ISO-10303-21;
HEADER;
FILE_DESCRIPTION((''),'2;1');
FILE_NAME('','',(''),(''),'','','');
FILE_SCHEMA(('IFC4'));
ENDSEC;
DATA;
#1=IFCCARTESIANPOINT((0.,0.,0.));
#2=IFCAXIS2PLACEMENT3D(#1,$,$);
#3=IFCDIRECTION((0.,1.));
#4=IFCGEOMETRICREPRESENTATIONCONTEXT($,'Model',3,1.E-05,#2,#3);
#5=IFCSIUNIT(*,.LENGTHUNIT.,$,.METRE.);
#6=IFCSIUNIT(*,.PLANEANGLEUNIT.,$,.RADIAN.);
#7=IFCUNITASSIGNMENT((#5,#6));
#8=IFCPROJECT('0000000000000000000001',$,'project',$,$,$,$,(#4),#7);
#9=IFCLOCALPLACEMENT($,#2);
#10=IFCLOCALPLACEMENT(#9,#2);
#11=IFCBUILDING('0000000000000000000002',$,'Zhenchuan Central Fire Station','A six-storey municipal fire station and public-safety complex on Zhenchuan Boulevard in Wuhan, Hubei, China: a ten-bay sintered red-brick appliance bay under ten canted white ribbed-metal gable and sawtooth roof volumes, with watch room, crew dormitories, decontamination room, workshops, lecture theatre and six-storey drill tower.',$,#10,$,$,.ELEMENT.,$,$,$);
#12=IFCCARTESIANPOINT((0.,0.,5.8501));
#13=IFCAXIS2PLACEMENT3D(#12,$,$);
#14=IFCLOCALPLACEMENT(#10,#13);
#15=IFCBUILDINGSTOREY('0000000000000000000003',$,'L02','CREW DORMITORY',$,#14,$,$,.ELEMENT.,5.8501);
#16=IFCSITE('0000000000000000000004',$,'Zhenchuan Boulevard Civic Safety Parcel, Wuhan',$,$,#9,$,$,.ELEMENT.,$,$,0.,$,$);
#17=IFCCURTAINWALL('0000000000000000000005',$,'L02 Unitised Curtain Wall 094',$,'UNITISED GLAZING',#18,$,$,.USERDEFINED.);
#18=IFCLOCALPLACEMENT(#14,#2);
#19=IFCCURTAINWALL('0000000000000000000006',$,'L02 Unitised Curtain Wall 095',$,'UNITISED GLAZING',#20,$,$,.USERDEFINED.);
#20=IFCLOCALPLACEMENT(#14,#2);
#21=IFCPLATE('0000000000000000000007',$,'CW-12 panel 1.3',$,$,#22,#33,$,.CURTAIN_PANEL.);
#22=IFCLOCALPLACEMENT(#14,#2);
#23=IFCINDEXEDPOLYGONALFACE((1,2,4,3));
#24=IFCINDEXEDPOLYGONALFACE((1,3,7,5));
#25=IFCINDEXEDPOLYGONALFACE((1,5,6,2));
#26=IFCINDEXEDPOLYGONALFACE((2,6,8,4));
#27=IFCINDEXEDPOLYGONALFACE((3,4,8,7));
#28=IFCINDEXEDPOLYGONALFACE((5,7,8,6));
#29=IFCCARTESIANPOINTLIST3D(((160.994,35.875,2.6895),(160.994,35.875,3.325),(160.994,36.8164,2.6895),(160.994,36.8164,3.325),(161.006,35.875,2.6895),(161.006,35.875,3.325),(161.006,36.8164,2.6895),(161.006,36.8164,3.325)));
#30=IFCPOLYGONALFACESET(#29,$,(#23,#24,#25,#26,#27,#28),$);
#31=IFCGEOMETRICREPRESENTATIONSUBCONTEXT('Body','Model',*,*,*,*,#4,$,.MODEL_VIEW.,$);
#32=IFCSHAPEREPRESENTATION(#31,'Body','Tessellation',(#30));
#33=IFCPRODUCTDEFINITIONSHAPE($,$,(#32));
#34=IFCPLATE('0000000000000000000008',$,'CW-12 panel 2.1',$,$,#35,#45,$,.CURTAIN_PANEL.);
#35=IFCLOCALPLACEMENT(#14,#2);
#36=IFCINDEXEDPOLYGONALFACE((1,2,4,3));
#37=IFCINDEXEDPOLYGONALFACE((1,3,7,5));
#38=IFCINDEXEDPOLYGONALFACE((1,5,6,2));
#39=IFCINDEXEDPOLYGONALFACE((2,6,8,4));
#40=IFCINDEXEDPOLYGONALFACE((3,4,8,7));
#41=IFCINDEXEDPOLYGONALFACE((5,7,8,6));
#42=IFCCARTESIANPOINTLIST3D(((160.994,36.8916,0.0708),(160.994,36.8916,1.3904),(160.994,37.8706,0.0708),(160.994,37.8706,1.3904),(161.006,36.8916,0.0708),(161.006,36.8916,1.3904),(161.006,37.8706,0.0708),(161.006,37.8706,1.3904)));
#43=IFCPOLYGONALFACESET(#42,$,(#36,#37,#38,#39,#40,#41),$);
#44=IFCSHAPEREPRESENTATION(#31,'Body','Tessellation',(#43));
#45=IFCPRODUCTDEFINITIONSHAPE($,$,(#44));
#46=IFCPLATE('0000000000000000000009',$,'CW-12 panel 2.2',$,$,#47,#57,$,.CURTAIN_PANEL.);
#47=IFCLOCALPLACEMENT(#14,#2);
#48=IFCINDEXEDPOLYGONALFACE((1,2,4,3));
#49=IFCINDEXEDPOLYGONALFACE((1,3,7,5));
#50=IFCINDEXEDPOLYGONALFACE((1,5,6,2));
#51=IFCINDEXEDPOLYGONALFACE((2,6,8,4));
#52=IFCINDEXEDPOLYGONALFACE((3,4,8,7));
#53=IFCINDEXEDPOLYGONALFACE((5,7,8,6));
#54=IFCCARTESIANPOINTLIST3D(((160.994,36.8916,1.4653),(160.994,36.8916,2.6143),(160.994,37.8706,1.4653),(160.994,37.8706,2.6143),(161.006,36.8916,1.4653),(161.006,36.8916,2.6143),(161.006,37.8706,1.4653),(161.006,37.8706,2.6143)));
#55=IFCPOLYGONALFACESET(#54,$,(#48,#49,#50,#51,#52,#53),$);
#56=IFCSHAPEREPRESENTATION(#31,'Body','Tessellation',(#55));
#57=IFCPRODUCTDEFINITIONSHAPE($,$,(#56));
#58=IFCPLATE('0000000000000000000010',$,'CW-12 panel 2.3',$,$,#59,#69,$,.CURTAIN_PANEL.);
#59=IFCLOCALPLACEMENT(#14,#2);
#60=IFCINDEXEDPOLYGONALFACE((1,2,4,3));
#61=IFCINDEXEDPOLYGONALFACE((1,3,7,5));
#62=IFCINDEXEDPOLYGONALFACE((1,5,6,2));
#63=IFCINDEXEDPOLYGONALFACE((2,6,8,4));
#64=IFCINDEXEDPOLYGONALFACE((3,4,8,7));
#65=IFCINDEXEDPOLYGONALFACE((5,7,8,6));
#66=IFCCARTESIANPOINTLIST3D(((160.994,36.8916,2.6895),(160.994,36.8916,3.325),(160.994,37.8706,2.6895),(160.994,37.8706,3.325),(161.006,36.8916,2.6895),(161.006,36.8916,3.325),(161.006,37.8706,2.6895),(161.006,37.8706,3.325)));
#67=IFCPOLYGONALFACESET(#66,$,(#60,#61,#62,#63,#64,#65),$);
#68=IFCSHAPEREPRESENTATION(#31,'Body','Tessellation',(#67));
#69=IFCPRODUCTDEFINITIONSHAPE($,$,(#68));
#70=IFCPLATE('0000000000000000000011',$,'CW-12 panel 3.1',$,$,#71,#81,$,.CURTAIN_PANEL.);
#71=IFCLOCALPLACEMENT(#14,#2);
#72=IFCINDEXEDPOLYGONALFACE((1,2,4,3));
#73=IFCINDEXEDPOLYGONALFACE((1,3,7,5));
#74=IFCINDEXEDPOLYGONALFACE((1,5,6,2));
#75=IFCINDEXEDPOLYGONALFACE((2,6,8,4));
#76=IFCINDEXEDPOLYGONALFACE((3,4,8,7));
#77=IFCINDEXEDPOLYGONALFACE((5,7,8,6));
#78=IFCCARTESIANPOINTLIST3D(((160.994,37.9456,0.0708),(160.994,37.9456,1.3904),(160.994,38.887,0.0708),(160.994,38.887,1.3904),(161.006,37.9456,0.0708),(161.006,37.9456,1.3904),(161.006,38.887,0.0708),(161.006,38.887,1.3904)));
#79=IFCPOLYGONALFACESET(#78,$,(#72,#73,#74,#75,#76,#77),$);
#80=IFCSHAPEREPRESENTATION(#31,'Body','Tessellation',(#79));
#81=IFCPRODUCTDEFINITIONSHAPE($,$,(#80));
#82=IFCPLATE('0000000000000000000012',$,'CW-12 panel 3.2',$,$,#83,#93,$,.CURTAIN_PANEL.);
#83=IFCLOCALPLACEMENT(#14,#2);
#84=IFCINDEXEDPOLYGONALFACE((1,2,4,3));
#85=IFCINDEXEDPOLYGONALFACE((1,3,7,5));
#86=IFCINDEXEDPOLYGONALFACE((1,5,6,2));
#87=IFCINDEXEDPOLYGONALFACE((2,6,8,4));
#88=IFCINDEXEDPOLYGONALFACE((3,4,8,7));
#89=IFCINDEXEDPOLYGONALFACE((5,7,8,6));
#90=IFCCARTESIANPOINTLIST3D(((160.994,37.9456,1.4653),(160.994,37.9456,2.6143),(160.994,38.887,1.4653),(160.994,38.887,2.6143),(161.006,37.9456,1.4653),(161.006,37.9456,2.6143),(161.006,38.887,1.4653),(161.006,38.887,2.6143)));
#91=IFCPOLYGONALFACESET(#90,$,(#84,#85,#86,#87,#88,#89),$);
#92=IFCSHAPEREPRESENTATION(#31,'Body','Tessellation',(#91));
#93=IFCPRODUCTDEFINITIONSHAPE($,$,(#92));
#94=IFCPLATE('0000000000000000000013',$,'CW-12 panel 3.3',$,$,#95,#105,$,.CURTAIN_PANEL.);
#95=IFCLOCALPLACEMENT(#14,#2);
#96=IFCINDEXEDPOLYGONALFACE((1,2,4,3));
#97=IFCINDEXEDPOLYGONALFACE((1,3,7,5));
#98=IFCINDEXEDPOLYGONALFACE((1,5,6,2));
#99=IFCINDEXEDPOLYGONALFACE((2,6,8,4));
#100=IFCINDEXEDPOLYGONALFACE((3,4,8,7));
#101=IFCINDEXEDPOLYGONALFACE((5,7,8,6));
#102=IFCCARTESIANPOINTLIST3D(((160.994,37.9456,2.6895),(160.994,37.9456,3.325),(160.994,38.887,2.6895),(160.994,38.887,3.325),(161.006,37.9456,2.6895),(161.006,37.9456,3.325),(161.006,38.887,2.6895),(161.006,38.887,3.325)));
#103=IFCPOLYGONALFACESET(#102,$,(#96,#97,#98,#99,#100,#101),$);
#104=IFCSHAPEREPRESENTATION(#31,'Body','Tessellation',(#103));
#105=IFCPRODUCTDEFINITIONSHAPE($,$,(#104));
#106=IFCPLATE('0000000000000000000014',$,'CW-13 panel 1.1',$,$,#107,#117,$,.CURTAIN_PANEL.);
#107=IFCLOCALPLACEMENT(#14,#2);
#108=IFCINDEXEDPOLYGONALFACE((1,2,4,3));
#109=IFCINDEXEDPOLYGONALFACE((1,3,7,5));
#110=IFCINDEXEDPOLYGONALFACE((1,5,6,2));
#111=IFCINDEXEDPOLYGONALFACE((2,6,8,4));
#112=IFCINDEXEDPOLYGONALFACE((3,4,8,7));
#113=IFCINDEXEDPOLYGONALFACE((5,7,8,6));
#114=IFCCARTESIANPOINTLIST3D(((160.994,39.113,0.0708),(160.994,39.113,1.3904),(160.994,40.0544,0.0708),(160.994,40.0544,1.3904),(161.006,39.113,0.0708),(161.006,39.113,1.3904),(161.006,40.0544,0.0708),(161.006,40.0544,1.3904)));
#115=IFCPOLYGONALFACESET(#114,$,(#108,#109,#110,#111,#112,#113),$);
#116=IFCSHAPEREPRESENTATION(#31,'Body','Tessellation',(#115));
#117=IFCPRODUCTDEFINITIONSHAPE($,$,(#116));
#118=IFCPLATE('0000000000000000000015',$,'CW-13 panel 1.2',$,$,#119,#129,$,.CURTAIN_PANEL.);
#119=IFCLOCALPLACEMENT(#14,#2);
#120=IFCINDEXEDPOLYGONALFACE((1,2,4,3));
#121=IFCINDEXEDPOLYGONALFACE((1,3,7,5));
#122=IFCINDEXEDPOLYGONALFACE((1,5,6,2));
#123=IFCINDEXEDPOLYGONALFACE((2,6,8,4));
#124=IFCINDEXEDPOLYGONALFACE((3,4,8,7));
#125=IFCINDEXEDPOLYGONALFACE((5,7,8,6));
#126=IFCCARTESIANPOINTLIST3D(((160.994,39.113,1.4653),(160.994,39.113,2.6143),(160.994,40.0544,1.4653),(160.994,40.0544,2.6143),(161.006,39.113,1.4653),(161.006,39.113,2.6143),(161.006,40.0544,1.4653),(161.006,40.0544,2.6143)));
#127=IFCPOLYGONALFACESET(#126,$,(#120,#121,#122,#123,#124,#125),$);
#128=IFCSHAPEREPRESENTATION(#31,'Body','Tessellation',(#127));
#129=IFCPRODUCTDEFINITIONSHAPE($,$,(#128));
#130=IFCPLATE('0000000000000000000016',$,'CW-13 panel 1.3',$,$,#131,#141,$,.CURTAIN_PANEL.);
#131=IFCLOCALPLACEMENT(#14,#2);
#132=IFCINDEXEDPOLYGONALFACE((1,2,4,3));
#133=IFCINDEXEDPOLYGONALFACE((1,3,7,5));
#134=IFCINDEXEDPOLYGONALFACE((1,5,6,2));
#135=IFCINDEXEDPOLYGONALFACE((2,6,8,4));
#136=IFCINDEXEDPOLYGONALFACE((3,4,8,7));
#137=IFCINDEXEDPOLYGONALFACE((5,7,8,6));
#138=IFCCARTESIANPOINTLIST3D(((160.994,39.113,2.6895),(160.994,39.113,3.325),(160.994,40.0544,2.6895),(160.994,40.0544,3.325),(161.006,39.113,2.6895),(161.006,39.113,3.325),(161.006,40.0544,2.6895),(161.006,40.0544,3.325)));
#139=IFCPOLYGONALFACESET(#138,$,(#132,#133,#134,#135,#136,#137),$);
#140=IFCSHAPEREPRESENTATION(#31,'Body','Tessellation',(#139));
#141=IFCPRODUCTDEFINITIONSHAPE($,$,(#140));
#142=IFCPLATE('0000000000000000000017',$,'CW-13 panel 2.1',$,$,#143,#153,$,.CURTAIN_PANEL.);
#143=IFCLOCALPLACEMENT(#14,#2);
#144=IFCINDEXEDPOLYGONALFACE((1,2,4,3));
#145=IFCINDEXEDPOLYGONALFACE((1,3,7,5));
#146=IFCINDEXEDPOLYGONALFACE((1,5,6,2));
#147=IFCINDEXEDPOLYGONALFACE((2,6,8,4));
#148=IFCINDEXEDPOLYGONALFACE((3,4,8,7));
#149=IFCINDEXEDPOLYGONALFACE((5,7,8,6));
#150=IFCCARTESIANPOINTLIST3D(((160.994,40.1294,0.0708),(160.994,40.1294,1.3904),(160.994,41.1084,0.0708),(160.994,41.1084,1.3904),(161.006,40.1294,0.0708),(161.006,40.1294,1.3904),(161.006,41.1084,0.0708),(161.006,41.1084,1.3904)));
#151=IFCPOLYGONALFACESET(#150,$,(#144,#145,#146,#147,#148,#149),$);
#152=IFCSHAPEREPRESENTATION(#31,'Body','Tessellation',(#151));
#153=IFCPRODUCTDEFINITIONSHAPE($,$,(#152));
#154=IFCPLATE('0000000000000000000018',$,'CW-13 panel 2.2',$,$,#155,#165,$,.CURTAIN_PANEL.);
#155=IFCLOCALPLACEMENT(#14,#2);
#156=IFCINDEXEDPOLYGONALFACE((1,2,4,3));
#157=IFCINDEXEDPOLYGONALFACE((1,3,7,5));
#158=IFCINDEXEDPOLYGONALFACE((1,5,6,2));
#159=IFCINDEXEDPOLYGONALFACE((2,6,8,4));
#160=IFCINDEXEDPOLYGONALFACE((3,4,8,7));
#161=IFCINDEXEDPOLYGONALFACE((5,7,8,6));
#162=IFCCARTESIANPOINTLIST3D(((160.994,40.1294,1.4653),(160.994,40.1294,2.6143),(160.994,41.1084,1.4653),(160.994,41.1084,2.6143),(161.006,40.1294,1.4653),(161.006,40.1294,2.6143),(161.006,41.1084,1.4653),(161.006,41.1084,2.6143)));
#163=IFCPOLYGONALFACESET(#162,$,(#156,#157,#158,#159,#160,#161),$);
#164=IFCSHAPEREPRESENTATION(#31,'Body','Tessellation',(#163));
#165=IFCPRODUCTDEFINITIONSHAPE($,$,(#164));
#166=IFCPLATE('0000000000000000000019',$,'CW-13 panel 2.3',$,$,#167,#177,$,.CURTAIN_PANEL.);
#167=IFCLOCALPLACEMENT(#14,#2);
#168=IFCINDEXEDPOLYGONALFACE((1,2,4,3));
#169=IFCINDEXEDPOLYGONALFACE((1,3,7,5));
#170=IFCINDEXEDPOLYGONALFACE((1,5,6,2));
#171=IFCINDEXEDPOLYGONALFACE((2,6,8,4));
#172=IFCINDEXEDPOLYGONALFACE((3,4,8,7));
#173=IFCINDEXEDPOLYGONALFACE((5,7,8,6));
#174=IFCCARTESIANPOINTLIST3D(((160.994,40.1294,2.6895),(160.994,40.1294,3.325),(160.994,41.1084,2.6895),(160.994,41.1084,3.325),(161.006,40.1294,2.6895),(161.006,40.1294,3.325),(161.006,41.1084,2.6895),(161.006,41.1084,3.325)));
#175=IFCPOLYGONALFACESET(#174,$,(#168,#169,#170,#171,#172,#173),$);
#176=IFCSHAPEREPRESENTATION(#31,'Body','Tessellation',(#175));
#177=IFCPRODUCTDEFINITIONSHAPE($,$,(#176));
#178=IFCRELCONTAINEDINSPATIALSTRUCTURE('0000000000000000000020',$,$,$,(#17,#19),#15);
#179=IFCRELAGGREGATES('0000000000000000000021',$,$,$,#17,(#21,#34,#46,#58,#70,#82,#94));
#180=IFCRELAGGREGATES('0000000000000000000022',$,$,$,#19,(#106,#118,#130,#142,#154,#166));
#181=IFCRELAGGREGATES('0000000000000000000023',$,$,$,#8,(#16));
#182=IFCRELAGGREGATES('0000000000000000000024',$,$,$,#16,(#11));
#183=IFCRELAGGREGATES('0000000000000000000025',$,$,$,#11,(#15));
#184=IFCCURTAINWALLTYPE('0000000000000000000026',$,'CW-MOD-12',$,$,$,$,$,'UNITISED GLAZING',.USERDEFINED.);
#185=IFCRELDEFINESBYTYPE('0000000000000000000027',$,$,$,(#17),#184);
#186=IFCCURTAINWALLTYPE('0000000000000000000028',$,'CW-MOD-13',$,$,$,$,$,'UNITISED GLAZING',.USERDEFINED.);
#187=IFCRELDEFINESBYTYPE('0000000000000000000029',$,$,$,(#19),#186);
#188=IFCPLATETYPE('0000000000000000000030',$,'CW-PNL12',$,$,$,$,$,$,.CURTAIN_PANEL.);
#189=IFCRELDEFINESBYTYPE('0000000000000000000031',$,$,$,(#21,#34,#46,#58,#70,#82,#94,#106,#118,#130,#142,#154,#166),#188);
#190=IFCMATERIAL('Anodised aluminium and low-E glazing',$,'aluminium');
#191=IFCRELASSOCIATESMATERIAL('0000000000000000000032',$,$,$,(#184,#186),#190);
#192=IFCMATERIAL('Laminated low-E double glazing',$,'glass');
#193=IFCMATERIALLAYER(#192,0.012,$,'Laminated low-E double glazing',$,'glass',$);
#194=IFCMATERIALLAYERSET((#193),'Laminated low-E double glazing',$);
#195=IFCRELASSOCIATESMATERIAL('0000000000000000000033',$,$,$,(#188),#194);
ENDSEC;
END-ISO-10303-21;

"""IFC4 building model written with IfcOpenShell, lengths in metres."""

from ifc_helpers import new_model, si_unit, direction, frame, origin, origin_2d, place, context, subcontext, project, spatial, rectangle, extrude, material, layer, layer_set, type_object, element, aggregate, save


model = new_model("IFC4")

# Units and contexts
model_context = context("Model", 3, precision=1e-05, world=origin(), true_north=direction((0.0, 1.0)))
body_context = subcontext(model_context, "Body", "Model", "MODEL_VIEW")
ifc_project = project(units=[si_unit("LENGTHUNIT", "METRE"), si_unit("PLANEANGLEUNIT", "RADIAN")], contexts=[model_context])

# Site, building, storey
site_placement = place(None, origin())
site = spatial("IfcSite", under=ifc_project, at=site_placement, Name="Zhenchuan Boulevard Civic Safety Parcel, Wuhan", CompositionType="ELEMENT", RefElevation=0.0)
building_placement = place(site_placement, origin())
building = spatial("IfcBuilding", under=site, at=building_placement, Name="Zhenchuan Central Fire Station", Description="A six-storey municipal fire station and public-safety complex on Zhenchuan Boulevard in Wuhan, Hubei, China: a ten-bay sintered red-brick appliance bay under ten canted white ribbed-metal gable and sawtooth roof volumes, with watch room, crew dormitories, decontamination room, workshops, lecture theatre and six-storey drill tower.", CompositionType="ELEMENT")
storey_placement = place(building_placement, frame((0.0, 0.0, 5.8501)))
storey = spatial("IfcBuildingStorey", under=building, at=storey_placement, Name="L02", Description="CREW DORMITORY", CompositionType="ELEMENT", Elevation=5.8501)

# Curtain walls
ifc_material_1 = material(Name="Anodised aluminium and low-E glazing", Category="aluminium")
curtain_wall_type_1 = type_object("IfcCurtainWallType", Name="CW-MOD-12", ElementType="UNITISED GLAZING", PredefinedType="USERDEFINED", material=ifc_material_1)
curtain_wall_1_placement = place(storey_placement, origin())
curtain_wall_1 = element("IfcCurtainWall", 1, at=curtain_wall_1_placement, inside=storey, type_object=curtain_wall_type_1, Name="L02 Unitised Curtain Wall 094", ObjectType="UNITISED GLAZING", PredefinedType="USERDEFINED")
curtain_wall_type_2 = type_object("IfcCurtainWallType", Name="CW-MOD-13", ElementType="UNITISED GLAZING", PredefinedType="USERDEFINED", material=ifc_material_1)
curtain_wall_2_placement = place(storey_placement, origin())
curtain_wall_2 = element("IfcCurtainWall", 2, at=curtain_wall_2_placement, inside=storey, type_object=curtain_wall_type_2, Name="L02 Unitised Curtain Wall 095", ObjectType="UNITISED GLAZING", PredefinedType="USERDEFINED")

# Plates
ifc_material_2 = material(Name="Laminated low-E double glazing", Category="glass")
ifc_layer = layer(ifc_material_2, 0.012, Name="Laminated low-E double glazing", Category="glass")
ifc_layer_set = layer_set([ifc_layer], Name="Laminated low-E double glazing")
plate_type = type_object("IfcPlateType", Name="CW-PNL12", PredefinedType="CURTAIN_PANEL", material=ifc_layer_set)
plate_1_placement = place(storey_placement, frame((161.0, 36.3457, 2.6895), z_axis=(0.0, 0.0, 1.0), x_axis=(0.0, 1.0, 0.0)))
plate_1 = element("IfcPlate", 3, at=plate_1_placement, type_object=plate_type, Name="CW-12 panel 1.3", PredefinedType="CURTAIN_PANEL", context=body_context, shape_type="SweptSolid", body=[
    extrude(rectangle(XDim=0.9414, YDim=0.012, at=origin_2d()), origin(), (0.0, 0.0, 1.0), 0.6355),
])
plate_2_placement = place(storey_placement, frame((161.0, 37.3811, 0.0708), z_axis=(0.0, 0.0, 1.0), x_axis=(0.0, 1.0, 0.0)))
plate_2 = element("IfcPlate", 4, at=plate_2_placement, type_object=plate_type, Name="CW-12 panel 2.1", PredefinedType="CURTAIN_PANEL", context=body_context, shape_type="SweptSolid", body=[
    extrude(rectangle(XDim=0.979, YDim=0.012, at=origin_2d()), origin(), (0.0, 0.0, 1.0), 1.3196),
])
plate_3_placement = place(storey_placement, frame((161.0, 37.3811, 1.4653), z_axis=(0.0, 0.0, 1.0), x_axis=(0.0, 1.0, 0.0)))
plate_3 = element("IfcPlate", 5, at=plate_3_placement, type_object=plate_type, Name="CW-12 panel 2.2", PredefinedType="CURTAIN_PANEL", context=body_context, shape_type="SweptSolid", body=[
    extrude(rectangle(XDim=0.979, YDim=0.012, at=origin_2d()), origin(), (0.0, 0.0, 1.0), 1.1489),
])
plate_4_placement = place(storey_placement, frame((161.0, 37.3811, 2.6895), z_axis=(0.0, 0.0, 1.0), x_axis=(0.0, 1.0, 0.0)))
plate_4 = element("IfcPlate", 6, at=plate_4_placement, type_object=plate_type, Name="CW-12 panel 2.3", PredefinedType="CURTAIN_PANEL", context=body_context, shape_type="SweptSolid", body=[
    extrude(rectangle(XDim=0.979, YDim=0.012, at=origin_2d()), origin(), (0.0, 0.0, 1.0), 0.6355),
])
plate_5_placement = place(storey_placement, frame((161.0, 38.4163, 0.0708), z_axis=(0.0, 0.0, 1.0), x_axis=(0.0, 1.0, 0.0)))
plate_5 = element("IfcPlate", 7, at=plate_5_placement, type_object=plate_type, Name="CW-12 panel 3.1", PredefinedType="CURTAIN_PANEL", context=body_context, shape_type="SweptSolid", body=[
    extrude(rectangle(XDim=0.9414, YDim=0.012, at=origin_2d()), origin(), (0.0, 0.0, 1.0), 1.3196),
])
plate_6_placement = place(storey_placement, frame((161.0, 38.4163, 1.4653), z_axis=(0.0, 0.0, 1.0), x_axis=(0.0, 1.0, 0.0)))
plate_6 = element("IfcPlate", 8, at=plate_6_placement, type_object=plate_type, Name="CW-12 panel 3.2", PredefinedType="CURTAIN_PANEL", context=body_context, shape_type="SweptSolid", body=[
    extrude(rectangle(XDim=0.9414, YDim=0.012, at=origin_2d()), origin(), (0.0, 0.0, 1.0), 1.1489),
])
plate_7_placement = place(storey_placement, frame((161.0, 38.4163, 2.6895), z_axis=(0.0, 0.0, 1.0), x_axis=(0.0, 1.0, 0.0)))
plate_7 = element("IfcPlate", 9, at=plate_7_placement, type_object=plate_type, Name="CW-12 panel 3.3", PredefinedType="CURTAIN_PANEL", context=body_context, shape_type="SweptSolid", body=[
    extrude(rectangle(XDim=0.9414, YDim=0.012, at=origin_2d()), origin(), (0.0, 0.0, 1.0), 0.6355),
])
aggregate(curtain_wall_1, [plate_1, plate_2, plate_3, plate_4, plate_5, plate_6, plate_7])
plate_8_placement = place(storey_placement, frame((161.0, 39.5837, 0.0708), z_axis=(0.0, 0.0, 1.0), x_axis=(0.0, 1.0, 0.0)))
plate_8 = element("IfcPlate", 10, at=plate_8_placement, type_object=plate_type, Name="CW-13 panel 1.1", PredefinedType="CURTAIN_PANEL", context=body_context, shape_type="SweptSolid", body=[
    extrude(rectangle(XDim=0.9414, YDim=0.012, at=origin_2d()), origin(), (0.0, 0.0, 1.0), 1.3196),
])
plate_9_placement = place(storey_placement, frame((161.0, 39.5837, 1.4653), z_axis=(0.0, 0.0, 1.0), x_axis=(0.0, 1.0, 0.0)))
plate_9 = element("IfcPlate", 11, at=plate_9_placement, type_object=plate_type, Name="CW-13 panel 1.2", PredefinedType="CURTAIN_PANEL", context=body_context, shape_type="SweptSolid", body=[
    extrude(rectangle(XDim=0.9414, YDim=0.012, at=origin_2d()), origin(), (0.0, 0.0, 1.0), 1.1489),
])
plate_10_placement = place(storey_placement, frame((161.0, 39.5837, 2.6895), z_axis=(0.0, 0.0, 1.0), x_axis=(0.0, 1.0, 0.0)))
plate_10 = element("IfcPlate", 12, at=plate_10_placement, type_object=plate_type, Name="CW-13 panel 1.3", PredefinedType="CURTAIN_PANEL", context=body_context, shape_type="SweptSolid", body=[
    extrude(rectangle(XDim=0.9414, YDim=0.012, at=origin_2d()), origin(), (0.0, 0.0, 1.0), 0.6355),
])
plate_11_placement = place(storey_placement, frame((161.0, 40.6189, 0.0708), z_axis=(0.0, 0.0, 1.0), x_axis=(0.0, 1.0, 0.0)))
plate_11 = element("IfcPlate", 13, at=plate_11_placement, type_object=plate_type, Name="CW-13 panel 2.1", PredefinedType="CURTAIN_PANEL", context=body_context, shape_type="SweptSolid", body=[
    extrude(rectangle(XDim=0.979, YDim=0.012, at=origin_2d()), origin(), (0.0, 0.0, 1.0), 1.3196),
])
plate_12_placement = place(storey_placement, frame((161.0, 40.6189, 1.4653), z_axis=(0.0, 0.0, 1.0), x_axis=(0.0, 1.0, 0.0)))
plate_12 = element("IfcPlate", 14, at=plate_12_placement, type_object=plate_type, Name="CW-13 panel 2.2", PredefinedType="CURTAIN_PANEL", context=body_context, shape_type="SweptSolid", body=[
    extrude(rectangle(XDim=0.979, YDim=0.012, at=origin_2d()), origin(), (0.0, 0.0, 1.0), 1.1489),
])
plate_13_placement = place(storey_placement, frame((161.0, 40.6189, 2.6895), z_axis=(0.0, 0.0, 1.0), x_axis=(0.0, 1.0, 0.0)))
plate_13 = element("IfcPlate", 15, at=plate_13_placement, type_object=plate_type, Name="CW-13 panel 2.3", PredefinedType="CURTAIN_PANEL", context=body_context, shape_type="SweptSolid", body=[
    extrude(rectangle(XDim=0.979, YDim=0.012, at=origin_2d()), origin(), (0.0, 0.0, 1.0), 0.6355),
])
aggregate(curtain_wall_2, [plate_8, plate_9, plate_10, plate_11, plate_12, plate_13])

save(model, "model.ifc")
